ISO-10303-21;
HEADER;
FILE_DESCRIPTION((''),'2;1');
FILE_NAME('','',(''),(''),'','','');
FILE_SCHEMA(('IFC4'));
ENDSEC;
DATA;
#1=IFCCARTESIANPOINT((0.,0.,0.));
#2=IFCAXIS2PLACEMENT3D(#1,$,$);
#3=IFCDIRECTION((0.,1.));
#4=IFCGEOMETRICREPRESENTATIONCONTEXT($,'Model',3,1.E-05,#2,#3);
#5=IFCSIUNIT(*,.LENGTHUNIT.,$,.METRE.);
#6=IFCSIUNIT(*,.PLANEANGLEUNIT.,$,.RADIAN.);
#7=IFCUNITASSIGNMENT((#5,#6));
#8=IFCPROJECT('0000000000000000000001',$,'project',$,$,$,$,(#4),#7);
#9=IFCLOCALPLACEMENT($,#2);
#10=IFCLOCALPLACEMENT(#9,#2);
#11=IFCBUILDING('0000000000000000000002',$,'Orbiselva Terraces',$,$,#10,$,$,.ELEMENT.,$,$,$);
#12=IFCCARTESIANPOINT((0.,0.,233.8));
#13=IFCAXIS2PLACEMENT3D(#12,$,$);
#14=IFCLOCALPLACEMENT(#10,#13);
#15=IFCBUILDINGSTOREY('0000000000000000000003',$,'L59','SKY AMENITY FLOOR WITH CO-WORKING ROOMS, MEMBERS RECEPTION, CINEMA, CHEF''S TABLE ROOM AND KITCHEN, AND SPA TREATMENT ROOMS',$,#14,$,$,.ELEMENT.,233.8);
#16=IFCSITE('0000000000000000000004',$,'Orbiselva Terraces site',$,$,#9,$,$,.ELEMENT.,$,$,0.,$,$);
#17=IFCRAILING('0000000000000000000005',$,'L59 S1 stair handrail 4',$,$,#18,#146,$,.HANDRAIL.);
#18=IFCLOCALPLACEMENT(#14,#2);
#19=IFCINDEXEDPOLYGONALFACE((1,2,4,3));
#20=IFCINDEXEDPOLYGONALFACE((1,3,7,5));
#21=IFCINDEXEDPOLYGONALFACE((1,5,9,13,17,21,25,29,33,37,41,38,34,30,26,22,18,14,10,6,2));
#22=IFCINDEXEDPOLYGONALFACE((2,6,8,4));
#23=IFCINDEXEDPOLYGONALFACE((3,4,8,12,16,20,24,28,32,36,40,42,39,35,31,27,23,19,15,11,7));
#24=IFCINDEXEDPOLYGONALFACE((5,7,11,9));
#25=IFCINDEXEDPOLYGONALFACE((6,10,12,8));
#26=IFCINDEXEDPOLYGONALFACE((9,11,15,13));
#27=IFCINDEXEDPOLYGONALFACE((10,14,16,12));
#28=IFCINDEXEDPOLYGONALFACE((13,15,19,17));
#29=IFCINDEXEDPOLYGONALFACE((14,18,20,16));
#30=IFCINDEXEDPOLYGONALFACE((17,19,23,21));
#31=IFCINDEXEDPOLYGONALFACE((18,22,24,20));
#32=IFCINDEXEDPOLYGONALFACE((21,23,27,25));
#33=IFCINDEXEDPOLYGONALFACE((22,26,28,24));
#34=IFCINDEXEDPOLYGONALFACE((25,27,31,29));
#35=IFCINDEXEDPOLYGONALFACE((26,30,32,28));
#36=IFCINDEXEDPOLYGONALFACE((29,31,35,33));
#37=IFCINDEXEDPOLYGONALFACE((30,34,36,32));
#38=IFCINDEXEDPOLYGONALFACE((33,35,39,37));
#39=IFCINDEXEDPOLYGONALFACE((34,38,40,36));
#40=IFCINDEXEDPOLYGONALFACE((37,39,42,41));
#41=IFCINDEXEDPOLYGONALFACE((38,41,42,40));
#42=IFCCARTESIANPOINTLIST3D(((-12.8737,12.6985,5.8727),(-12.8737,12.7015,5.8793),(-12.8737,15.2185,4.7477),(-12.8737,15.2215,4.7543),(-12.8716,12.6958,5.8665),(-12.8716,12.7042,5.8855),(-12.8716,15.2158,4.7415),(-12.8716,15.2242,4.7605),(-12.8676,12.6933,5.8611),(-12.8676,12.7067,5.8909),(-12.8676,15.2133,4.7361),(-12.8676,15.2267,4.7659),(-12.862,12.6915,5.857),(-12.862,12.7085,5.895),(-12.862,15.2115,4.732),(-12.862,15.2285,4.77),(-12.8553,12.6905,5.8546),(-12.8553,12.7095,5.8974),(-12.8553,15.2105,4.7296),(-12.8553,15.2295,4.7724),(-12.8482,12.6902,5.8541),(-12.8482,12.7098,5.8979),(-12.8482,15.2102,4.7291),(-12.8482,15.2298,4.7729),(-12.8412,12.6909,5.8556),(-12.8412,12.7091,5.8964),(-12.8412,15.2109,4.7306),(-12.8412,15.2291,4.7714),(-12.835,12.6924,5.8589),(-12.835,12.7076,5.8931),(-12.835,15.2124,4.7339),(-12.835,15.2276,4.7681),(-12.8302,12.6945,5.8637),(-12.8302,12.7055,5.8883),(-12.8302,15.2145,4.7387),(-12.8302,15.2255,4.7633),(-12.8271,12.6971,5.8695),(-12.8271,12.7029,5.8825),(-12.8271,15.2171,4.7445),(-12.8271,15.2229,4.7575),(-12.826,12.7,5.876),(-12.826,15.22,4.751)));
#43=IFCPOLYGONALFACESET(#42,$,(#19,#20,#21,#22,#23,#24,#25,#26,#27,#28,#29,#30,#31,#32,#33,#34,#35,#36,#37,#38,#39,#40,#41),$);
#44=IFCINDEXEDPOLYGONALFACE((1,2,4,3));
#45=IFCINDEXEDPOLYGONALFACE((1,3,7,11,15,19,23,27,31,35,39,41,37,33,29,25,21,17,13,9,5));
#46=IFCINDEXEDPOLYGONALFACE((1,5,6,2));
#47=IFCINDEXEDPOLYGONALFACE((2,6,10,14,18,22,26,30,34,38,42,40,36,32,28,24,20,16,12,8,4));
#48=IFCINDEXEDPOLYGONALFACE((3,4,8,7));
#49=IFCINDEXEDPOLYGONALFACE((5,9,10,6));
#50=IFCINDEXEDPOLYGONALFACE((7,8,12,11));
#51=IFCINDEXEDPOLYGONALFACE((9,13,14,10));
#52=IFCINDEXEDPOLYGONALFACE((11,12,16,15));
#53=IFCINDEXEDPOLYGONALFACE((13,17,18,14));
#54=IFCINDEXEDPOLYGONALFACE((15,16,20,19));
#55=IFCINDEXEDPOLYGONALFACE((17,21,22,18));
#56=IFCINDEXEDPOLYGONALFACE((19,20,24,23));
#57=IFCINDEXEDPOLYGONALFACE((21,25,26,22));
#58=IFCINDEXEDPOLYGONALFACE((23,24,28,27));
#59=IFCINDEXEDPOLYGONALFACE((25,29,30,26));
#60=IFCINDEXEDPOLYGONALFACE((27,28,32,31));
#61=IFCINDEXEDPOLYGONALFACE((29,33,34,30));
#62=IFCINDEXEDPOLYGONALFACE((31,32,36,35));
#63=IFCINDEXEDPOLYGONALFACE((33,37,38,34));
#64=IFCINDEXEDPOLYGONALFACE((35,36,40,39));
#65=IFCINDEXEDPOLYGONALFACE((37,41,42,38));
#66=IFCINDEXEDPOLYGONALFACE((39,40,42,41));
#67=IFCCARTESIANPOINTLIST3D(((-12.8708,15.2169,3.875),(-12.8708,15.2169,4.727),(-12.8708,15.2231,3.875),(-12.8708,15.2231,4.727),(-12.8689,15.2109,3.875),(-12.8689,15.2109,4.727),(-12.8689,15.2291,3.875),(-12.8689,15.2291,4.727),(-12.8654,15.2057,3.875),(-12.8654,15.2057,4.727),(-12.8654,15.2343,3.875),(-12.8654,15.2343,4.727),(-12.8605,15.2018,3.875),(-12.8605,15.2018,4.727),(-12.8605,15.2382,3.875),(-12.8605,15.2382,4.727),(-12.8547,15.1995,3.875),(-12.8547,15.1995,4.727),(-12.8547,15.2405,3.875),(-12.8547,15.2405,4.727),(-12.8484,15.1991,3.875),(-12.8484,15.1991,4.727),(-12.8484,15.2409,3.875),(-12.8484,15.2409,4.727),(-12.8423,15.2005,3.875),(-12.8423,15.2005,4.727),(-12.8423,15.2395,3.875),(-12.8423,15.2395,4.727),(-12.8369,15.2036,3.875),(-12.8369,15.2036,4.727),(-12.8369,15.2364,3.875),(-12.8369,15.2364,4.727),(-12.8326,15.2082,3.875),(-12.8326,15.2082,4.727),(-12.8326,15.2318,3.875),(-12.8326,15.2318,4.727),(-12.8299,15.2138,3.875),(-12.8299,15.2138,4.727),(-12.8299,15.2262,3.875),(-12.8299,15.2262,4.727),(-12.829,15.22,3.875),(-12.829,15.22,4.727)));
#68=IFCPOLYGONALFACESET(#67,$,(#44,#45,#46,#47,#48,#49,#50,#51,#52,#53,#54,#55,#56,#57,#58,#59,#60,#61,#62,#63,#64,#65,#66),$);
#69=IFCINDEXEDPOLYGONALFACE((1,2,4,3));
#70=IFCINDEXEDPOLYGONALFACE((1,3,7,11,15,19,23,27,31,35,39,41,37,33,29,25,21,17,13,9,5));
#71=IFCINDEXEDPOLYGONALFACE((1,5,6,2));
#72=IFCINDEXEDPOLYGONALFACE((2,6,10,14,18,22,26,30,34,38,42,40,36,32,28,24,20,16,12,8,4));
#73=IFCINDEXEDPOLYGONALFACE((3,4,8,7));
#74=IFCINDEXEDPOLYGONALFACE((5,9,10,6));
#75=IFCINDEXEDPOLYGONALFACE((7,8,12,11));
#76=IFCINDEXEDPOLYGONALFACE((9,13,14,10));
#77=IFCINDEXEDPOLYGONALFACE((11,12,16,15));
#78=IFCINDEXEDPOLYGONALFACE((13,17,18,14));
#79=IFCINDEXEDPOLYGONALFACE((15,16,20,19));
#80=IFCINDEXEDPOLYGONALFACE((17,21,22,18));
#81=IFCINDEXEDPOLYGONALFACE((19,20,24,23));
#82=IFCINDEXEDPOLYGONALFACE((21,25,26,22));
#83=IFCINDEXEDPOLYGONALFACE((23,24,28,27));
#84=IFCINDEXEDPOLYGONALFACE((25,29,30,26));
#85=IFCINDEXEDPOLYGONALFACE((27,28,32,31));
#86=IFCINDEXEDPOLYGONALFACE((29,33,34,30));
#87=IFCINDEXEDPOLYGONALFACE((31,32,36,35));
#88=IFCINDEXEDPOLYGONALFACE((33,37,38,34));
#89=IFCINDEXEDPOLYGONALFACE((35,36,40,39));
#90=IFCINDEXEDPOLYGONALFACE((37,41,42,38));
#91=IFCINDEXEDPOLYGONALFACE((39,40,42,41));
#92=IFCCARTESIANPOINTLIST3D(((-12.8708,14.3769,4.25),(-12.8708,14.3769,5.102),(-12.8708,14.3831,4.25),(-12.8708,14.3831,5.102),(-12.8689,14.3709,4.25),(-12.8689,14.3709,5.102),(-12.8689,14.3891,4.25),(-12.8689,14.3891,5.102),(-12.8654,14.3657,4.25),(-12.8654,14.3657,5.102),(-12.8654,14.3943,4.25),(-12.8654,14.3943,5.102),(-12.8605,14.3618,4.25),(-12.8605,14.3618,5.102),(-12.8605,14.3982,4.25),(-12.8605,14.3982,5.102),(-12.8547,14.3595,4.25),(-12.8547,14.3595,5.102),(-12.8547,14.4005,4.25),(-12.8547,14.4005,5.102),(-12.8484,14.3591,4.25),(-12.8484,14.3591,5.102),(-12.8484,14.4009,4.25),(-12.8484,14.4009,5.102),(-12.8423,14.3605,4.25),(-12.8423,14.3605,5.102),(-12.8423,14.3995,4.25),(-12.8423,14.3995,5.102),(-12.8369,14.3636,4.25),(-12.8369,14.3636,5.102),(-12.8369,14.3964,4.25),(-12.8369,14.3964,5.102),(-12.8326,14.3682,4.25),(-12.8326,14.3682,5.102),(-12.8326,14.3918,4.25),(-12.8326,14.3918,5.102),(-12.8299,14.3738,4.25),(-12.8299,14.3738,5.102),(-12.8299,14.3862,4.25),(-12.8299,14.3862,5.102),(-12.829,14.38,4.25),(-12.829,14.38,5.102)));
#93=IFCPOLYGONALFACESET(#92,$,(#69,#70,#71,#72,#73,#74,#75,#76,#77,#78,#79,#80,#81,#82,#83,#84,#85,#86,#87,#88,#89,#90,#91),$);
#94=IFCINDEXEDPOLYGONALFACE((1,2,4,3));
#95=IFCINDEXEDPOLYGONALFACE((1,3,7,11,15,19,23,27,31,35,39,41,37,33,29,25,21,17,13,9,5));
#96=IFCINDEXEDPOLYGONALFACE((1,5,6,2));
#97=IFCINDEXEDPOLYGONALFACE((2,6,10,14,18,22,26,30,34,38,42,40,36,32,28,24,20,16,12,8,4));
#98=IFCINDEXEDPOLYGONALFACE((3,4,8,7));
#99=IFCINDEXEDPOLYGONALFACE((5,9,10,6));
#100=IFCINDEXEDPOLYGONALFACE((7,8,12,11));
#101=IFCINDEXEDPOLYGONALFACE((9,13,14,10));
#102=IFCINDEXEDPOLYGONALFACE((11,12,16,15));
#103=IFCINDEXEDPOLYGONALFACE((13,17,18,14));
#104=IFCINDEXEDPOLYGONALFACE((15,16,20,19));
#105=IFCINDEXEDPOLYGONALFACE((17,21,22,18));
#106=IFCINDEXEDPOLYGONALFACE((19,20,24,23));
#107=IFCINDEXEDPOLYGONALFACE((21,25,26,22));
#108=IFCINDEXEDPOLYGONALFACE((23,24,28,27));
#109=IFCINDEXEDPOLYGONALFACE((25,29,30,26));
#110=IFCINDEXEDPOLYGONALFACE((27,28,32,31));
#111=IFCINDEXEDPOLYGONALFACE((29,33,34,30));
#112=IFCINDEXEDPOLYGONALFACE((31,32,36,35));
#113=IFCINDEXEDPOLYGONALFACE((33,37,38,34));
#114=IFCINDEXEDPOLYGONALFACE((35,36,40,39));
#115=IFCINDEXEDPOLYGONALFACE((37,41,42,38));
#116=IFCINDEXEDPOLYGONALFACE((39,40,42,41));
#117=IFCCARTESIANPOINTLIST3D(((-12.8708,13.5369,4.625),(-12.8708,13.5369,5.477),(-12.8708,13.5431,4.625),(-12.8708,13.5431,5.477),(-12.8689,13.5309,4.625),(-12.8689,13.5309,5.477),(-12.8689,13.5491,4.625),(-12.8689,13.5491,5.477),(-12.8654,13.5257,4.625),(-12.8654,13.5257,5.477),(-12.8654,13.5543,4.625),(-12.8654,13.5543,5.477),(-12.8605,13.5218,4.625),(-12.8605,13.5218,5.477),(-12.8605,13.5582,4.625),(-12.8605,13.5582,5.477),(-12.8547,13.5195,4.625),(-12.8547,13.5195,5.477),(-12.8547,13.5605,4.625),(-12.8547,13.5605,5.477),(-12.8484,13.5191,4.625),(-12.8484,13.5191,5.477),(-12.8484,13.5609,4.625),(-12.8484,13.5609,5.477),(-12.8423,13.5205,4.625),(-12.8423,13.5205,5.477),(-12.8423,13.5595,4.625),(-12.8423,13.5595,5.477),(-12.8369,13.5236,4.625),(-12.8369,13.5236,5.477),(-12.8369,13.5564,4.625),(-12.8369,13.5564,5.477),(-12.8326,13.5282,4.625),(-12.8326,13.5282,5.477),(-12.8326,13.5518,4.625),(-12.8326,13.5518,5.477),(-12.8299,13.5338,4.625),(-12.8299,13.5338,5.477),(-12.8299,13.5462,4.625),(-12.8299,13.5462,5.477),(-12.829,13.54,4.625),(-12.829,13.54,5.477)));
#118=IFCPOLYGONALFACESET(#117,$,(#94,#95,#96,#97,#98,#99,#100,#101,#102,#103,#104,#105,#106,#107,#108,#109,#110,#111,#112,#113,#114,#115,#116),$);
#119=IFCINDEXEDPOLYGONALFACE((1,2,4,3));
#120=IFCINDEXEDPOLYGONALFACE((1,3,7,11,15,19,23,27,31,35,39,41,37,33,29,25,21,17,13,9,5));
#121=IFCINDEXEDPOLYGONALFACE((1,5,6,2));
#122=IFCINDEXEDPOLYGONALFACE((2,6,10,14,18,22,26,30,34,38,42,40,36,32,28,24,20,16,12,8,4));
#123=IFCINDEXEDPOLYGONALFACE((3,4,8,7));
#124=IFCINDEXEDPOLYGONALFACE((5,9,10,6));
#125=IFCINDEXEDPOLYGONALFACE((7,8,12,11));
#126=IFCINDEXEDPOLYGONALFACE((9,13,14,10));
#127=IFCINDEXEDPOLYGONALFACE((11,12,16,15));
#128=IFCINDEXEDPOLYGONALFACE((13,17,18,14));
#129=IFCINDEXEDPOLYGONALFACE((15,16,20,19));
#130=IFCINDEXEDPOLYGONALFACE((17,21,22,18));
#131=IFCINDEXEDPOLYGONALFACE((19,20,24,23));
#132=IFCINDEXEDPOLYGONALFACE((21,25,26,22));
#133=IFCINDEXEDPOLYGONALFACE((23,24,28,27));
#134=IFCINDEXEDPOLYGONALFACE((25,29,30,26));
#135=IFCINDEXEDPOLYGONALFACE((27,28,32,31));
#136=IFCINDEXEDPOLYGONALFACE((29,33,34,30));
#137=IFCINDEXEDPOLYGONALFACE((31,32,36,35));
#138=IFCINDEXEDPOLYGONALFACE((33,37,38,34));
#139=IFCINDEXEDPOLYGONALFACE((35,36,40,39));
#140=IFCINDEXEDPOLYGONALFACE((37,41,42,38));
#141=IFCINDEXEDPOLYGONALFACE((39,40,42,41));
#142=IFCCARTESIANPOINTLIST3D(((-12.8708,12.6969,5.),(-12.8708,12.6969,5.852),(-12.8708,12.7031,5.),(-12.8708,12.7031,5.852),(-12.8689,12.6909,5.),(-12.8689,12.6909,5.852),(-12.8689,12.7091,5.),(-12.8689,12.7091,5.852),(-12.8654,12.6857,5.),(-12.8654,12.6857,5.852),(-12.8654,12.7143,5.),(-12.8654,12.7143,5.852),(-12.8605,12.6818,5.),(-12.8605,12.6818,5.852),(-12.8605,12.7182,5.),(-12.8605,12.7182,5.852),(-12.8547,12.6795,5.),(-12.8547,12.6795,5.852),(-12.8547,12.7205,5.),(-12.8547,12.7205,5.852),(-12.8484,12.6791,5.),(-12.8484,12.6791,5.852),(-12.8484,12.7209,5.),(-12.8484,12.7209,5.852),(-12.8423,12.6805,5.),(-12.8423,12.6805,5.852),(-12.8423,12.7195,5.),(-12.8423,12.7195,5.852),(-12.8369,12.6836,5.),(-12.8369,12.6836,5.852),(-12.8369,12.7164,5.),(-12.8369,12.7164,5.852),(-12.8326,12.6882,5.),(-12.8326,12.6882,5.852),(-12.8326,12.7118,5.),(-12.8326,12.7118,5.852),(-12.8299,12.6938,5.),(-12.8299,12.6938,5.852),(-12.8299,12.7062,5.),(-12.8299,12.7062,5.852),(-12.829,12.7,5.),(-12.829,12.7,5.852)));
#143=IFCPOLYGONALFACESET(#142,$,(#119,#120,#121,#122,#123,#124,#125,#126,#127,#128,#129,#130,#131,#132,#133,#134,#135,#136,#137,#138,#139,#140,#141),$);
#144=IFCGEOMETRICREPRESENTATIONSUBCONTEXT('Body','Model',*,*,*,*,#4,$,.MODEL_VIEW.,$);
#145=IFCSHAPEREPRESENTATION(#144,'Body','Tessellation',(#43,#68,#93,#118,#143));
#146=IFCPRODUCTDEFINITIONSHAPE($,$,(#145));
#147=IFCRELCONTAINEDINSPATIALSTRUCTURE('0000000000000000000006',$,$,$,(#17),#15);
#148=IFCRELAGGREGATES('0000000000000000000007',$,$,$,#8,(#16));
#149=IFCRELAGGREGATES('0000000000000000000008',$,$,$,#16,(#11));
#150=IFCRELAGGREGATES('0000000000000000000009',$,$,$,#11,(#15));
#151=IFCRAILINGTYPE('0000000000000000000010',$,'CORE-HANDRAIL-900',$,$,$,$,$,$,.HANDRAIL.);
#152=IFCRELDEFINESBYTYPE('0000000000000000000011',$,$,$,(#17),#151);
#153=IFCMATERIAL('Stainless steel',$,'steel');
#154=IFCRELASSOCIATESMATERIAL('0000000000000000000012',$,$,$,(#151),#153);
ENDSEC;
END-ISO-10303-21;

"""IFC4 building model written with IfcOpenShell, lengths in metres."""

from ifc_helpers import new_model, si_unit, direction, frame, origin, origin_2d, place, context, subcontext, project, spatial, circle, extrude, material, type_object, element, save


model = new_model("IFC4")

# Units and contexts
model_context = context("Model", 3, precision=1e-05, world=origin(), true_north=direction((0.0, 1.0)))
body_context = subcontext(model_context, "Body", "Model", "MODEL_VIEW")
ifc_project = project(units=[si_unit("LENGTHUNIT", "METRE"), si_unit("PLANEANGLEUNIT", "RADIAN")], contexts=[model_context])

# Site, building, storey
site_placement = place(None, origin())
site = spatial("IfcSite", under=ifc_project, at=site_placement, Name="Orbiselva Terraces site", CompositionType="ELEMENT", RefElevation=0.0)
building_placement = place(site_placement, origin())
building = spatial("IfcBuilding", under=site, at=building_placement, Name="Orbiselva Terraces", CompositionType="ELEMENT")
storey_placement = place(building_placement, frame((0.0, 0.0, 233.8)))
storey = spatial("IfcBuildingStorey", under=building, at=storey_placement, Name="L59", Description="SKY AMENITY FLOOR WITH CO-WORKING ROOMS, MEMBERS RECEPTION, CINEMA, CHEF'S TABLE ROOM AND KITCHEN, AND SPA TREATMENT ROOMS", CompositionType="ELEMENT", Elevation=233.8)

# Railing
ifc_material_1 = material(Name="Stainless steel", Category="steel")
railing_type = type_object("IfcRailingType", Name="CORE-HANDRAIL-900", PredefinedType="HANDRAIL", material=ifc_material_1)
railing_1_placement = place(storey_placement, frame((-12.85, 15.22, 3.875)))
element("IfcRailing", 1, at=railing_1_placement, inside=storey, type_object=railing_type, Name="L59 S1 stair handrail 4", PredefinedType="HANDRAIL", context=body_context, shape_type="SweptSolid", body=[
    extrude(circle(Radius=0.024, at=origin_2d()), frame((0.0, 0.0, 0.876), z_axis=(0.0, -0.913138, 0.407651), x_axis=(1.0, 0.0, 0.0)), (0.0, 0.0, 1.0), 2.7597),
    extrude(circle(Radius=0.021, at=origin_2d()), origin(), (0.0, 0.0, 1.0), 0.852),
    extrude(circle(Radius=0.021, at=origin_2d()), frame((0.0, -0.84, 0.375)), (0.0, 0.0, 1.0), 0.852),
    extrude(circle(Radius=0.021, at=origin_2d()), frame((0.0, -1.68, 0.75)), (0.0, 0.0, 1.0), 0.852),
    extrude(circle(Radius=0.021, at=origin_2d()), frame((0.0, -2.52, 1.125)), (0.0, 0.0, 1.0), 0.852),
])

save(model, "model.ifc")
